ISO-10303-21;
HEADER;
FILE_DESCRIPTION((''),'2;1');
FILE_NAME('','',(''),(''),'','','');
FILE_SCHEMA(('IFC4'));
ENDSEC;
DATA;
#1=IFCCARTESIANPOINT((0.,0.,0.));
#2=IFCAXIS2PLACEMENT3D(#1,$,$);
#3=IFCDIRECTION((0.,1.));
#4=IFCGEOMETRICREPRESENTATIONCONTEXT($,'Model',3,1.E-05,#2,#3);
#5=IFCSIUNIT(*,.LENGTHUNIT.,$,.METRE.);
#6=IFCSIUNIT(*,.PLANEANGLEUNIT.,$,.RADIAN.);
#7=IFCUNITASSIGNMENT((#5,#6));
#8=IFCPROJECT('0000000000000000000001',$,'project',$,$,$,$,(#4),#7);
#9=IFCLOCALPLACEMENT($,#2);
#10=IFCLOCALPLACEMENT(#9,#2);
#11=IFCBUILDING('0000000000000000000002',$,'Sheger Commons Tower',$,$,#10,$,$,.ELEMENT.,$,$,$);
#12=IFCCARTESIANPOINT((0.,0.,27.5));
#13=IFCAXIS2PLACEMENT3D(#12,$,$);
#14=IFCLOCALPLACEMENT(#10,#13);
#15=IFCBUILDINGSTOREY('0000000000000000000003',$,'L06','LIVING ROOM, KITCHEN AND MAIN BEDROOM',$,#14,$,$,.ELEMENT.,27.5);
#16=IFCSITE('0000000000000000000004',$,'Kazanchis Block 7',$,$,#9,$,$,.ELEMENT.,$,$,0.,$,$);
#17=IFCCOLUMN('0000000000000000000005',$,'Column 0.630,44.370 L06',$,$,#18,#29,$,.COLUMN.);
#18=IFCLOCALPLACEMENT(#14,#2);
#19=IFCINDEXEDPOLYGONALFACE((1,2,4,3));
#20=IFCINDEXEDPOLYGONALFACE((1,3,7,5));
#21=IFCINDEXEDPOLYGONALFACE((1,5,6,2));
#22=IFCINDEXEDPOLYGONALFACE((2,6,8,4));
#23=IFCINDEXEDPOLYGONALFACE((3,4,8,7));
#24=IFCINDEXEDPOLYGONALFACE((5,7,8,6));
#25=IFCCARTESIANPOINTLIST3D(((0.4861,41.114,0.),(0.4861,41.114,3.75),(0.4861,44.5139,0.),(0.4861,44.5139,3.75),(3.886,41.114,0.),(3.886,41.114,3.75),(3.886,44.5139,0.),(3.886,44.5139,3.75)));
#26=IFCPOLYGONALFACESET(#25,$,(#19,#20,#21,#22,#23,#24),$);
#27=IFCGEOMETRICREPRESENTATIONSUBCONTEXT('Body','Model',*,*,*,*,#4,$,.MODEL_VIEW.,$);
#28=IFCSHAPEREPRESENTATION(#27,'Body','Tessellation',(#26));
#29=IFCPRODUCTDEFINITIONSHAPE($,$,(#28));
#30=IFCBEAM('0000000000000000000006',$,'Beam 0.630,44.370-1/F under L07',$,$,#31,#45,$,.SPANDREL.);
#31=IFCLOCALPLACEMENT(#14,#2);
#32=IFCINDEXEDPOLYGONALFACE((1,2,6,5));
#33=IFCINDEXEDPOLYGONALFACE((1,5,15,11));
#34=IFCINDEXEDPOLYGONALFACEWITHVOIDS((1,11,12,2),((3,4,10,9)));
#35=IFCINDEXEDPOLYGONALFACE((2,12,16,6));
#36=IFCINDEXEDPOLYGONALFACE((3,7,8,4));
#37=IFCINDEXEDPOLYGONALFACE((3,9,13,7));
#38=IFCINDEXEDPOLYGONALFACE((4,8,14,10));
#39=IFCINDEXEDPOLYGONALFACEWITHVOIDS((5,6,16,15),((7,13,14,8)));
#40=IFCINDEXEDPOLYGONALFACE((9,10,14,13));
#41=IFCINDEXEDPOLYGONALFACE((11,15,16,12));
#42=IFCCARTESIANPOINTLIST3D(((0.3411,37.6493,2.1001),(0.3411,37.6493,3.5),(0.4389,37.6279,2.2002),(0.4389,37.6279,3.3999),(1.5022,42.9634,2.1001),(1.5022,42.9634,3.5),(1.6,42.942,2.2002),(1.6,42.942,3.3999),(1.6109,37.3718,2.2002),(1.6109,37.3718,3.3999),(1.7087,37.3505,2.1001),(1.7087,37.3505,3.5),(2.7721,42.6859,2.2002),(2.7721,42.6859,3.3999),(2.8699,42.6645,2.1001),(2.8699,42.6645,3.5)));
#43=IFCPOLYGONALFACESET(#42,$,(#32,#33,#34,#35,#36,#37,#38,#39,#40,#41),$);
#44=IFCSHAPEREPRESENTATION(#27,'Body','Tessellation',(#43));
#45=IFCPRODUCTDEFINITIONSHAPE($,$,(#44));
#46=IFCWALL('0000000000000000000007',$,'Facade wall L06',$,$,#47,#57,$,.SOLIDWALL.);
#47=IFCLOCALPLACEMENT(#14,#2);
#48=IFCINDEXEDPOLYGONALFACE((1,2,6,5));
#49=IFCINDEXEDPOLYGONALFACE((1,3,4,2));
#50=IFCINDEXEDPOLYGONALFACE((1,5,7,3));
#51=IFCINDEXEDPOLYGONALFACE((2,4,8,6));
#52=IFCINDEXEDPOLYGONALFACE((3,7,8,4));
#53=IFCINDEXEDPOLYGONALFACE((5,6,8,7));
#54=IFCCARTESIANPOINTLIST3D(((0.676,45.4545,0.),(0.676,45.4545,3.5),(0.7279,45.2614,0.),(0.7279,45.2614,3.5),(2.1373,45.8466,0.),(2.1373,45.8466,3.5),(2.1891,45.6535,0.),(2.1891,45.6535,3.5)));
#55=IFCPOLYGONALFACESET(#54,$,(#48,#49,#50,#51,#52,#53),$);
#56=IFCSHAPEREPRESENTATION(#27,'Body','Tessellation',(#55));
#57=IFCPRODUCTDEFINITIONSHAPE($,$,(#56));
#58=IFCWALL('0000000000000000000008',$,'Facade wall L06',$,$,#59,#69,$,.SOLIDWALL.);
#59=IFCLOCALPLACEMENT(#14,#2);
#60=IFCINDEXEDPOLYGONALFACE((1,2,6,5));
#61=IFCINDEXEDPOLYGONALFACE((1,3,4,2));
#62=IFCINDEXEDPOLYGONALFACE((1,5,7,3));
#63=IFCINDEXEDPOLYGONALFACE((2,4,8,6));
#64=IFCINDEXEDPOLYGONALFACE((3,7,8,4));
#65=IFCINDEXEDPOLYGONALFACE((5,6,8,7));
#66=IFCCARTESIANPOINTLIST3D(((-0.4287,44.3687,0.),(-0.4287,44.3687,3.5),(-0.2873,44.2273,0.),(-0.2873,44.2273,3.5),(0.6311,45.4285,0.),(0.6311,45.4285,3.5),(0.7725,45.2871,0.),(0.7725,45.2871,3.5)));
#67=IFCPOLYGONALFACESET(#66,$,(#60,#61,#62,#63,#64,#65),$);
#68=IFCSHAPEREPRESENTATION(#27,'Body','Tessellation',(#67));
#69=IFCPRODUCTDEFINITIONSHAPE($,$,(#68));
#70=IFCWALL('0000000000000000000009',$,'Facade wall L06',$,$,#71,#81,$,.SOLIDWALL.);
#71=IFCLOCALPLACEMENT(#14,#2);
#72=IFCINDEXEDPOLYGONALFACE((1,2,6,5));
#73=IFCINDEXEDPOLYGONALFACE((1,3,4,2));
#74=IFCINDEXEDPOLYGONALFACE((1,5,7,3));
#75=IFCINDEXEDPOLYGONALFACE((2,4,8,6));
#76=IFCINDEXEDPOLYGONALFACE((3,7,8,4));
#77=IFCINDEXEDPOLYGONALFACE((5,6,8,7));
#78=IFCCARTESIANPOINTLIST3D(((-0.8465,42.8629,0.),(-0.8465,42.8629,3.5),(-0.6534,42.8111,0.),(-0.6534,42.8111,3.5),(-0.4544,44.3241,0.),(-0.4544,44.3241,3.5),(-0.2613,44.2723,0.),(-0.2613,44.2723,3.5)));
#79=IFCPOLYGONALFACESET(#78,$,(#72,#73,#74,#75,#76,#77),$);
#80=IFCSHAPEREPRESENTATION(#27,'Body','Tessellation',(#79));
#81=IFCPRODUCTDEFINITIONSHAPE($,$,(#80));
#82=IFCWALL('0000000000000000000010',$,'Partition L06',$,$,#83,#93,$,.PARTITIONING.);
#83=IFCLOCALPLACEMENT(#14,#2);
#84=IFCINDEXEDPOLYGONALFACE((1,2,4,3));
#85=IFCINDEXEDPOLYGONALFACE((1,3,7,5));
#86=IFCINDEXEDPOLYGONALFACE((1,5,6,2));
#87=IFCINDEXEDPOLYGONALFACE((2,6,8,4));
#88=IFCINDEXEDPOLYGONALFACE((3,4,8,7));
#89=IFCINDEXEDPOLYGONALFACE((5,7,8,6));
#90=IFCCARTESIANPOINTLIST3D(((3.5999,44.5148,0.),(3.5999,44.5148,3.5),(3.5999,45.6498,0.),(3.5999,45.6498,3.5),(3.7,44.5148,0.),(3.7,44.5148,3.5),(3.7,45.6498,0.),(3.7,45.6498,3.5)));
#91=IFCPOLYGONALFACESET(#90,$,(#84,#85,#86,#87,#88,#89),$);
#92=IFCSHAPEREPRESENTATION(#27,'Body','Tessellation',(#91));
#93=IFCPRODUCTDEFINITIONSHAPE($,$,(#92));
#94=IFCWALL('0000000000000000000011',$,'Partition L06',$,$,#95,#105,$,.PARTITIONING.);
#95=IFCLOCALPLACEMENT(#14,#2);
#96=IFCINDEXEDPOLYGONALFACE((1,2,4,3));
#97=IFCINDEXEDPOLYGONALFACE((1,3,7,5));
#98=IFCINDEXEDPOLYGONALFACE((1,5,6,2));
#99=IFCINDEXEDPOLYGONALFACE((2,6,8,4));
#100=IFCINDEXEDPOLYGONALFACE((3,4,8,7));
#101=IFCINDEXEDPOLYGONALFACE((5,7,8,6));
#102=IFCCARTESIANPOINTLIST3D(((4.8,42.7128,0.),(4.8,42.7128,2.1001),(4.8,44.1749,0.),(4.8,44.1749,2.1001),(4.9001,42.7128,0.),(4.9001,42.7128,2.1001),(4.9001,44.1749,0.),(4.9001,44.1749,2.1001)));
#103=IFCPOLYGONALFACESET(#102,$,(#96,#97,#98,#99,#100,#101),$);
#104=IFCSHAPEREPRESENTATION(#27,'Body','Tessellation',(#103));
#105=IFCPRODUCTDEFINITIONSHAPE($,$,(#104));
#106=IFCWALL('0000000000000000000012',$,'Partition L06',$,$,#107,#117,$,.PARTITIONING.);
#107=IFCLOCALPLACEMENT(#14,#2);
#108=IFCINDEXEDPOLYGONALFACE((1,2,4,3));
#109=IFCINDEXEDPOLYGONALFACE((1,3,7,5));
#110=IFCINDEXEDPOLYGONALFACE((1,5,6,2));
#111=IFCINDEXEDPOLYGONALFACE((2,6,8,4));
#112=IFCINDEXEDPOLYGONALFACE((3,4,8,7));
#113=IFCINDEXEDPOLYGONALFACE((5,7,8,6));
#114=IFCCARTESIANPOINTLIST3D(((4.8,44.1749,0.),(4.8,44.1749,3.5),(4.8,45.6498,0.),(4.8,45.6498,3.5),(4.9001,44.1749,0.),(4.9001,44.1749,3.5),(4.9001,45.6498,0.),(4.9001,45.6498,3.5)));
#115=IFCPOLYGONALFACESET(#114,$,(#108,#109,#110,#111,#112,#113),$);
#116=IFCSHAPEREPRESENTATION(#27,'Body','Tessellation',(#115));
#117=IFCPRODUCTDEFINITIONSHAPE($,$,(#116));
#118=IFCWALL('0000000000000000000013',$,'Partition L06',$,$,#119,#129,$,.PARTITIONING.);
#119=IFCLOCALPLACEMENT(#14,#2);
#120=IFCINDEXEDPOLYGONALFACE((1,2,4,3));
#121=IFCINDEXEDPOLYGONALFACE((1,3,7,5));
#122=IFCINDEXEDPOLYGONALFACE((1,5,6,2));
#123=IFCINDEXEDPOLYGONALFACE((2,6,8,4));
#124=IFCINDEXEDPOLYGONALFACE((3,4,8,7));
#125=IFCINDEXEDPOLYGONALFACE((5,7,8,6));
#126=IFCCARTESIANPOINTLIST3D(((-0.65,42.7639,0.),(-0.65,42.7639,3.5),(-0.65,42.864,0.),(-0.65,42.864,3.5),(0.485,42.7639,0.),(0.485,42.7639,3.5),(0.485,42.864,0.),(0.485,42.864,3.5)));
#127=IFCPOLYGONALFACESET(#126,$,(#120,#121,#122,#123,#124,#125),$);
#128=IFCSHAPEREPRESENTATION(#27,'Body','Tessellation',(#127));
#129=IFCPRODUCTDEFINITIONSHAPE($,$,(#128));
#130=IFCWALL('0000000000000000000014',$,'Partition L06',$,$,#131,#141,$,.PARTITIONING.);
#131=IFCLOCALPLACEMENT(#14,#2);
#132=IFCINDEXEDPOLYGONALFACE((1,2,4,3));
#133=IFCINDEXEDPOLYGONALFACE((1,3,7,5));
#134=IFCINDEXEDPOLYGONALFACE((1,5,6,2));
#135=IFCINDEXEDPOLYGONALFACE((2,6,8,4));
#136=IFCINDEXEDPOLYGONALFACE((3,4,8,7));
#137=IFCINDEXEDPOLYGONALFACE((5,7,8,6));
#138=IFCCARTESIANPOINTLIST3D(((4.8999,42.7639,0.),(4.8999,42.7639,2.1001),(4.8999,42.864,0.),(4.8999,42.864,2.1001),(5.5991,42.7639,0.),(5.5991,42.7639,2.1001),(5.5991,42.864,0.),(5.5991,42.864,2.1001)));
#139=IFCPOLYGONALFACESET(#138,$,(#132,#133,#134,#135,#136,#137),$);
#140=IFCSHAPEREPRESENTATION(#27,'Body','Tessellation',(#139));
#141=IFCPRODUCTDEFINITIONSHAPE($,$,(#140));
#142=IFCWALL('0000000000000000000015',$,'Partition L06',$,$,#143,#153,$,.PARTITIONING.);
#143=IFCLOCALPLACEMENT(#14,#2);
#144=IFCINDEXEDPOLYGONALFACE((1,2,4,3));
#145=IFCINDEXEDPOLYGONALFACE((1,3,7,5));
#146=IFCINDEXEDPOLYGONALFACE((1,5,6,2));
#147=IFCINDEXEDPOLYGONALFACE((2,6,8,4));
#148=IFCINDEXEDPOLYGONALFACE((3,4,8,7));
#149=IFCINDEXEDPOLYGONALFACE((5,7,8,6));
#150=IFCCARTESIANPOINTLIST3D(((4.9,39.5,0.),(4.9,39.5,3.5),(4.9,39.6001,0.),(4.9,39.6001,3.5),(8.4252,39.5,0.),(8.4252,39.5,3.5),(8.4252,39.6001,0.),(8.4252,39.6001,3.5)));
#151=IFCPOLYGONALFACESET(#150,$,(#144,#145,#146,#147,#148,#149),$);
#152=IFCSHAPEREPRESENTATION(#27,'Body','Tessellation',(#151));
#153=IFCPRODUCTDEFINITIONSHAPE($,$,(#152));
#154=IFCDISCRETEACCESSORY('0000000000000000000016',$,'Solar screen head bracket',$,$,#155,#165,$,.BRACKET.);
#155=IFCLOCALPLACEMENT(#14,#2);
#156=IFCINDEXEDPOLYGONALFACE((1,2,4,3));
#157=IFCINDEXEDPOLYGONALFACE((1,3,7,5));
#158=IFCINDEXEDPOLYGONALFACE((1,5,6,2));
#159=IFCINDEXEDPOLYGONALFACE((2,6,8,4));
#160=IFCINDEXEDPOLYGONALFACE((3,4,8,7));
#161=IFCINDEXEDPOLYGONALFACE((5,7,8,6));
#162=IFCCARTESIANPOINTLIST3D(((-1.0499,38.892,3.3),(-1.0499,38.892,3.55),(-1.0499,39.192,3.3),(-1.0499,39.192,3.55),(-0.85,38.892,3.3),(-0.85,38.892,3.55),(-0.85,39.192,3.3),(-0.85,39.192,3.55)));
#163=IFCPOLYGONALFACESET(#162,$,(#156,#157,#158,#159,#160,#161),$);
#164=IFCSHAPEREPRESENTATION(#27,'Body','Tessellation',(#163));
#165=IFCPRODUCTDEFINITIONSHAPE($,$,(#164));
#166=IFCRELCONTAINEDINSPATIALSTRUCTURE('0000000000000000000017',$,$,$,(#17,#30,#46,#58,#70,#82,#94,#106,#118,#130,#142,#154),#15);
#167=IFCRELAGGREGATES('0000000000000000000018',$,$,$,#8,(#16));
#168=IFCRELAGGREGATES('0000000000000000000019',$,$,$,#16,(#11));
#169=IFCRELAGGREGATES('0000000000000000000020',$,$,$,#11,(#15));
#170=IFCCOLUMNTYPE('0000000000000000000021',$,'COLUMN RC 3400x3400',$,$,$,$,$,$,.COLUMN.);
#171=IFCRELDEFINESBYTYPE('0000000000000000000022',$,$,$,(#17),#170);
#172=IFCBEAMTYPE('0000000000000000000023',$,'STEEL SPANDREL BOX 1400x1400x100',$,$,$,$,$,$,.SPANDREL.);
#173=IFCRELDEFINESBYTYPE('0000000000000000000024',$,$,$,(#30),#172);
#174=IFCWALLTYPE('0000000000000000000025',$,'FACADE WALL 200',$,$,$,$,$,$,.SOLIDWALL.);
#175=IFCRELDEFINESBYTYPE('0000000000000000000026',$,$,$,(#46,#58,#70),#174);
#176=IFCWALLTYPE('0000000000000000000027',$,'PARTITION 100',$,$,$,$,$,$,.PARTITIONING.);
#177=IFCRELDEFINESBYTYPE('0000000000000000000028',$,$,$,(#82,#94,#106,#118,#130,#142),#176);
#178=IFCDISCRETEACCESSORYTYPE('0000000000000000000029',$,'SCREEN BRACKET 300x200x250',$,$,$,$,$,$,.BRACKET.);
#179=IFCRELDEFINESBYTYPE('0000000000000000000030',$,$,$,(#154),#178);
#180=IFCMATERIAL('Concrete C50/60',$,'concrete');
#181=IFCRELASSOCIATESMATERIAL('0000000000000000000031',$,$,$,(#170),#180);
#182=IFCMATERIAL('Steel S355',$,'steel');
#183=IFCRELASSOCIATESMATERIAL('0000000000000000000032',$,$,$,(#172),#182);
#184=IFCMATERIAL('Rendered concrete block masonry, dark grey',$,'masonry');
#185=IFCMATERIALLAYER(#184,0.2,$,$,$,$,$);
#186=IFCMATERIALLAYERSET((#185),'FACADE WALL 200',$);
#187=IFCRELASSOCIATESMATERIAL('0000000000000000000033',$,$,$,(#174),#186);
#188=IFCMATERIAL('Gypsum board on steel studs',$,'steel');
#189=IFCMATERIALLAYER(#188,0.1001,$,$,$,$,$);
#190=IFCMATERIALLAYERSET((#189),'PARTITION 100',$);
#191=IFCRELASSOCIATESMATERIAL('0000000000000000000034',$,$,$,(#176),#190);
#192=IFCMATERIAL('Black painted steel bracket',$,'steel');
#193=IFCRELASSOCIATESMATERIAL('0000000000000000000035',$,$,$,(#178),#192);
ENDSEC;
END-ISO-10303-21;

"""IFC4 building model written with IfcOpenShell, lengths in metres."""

from ifc_helpers import new_model, si_unit, direction, frame, frame_2d, origin, origin_2d, place, context, subcontext, project, spatial, rectangle, hollow_rectangle, extrude, material, layer, layer_set, material_profile, profile_set, type_object, element, save


model = new_model("IFC4")

# Units and contexts
model_context = context("Model", 3, precision=1e-05, world=origin(), true_north=direction((0.0, 1.0)))
body_context = subcontext(model_context, "Body", "Model", "MODEL_VIEW")
ifc_project = project(units=[si_unit("LENGTHUNIT", "METRE"), si_unit("PLANEANGLEUNIT", "RADIAN")], contexts=[model_context])

# Site, building, storey
site_placement = place(None, origin())
site = spatial("IfcSite", under=ifc_project, at=site_placement, Name="Kazanchis Block 7", CompositionType="ELEMENT", RefElevation=0.0)
building_placement = place(site_placement, origin())
building = spatial("IfcBuilding", under=site, at=building_placement, Name="Sheger Commons Tower", CompositionType="ELEMENT")
storey_placement = place(building_placement, frame((0.0, 0.0, 27.5)))
storey = spatial("IfcBuildingStorey", under=building, at=storey_placement, Name="L06", Description="LIVING ROOM, KITCHEN AND MAIN BEDROOM", CompositionType="ELEMENT", Elevation=27.5)

# Column
ifc_material_1 = material(Name="Concrete C50/60", Category="concrete")
ifc_material_profile_1 = material_profile(ifc_material_1, rectangle(XDim=3.3999, YDim=3.3999, at=origin_2d()), Name="RC 3400x3400")
ifc_profile_set_1 = profile_set([ifc_material_profile_1], Name="Concrete C50/60")
column_type = type_object("IfcColumnType", Name="COLUMN RC 3400x3400", PredefinedType="COLUMN", material=ifc_profile_set_1)
column_placement = place(storey_placement, frame((2.186, 42.814, 0.0), z_axis=(0.0, 0.0, 1.0), x_axis=(1.0, 0.0, 0.0)))
element("IfcColumn", 1, at=column_placement, inside=storey, type_object=column_type, Name="Column 0.630,44.370 L06", PredefinedType="COLUMN", context=body_context, shape_type="SweptSolid", body=[
    extrude(rectangle(XDim=3.3999, YDim=3.3999, at=origin_2d()), origin(), (0.0, 0.0, 1.0), 3.75),
])

# Beam
ifc_material_2 = material(Name="Steel S355", Category="steel")
ifc_material_profile_2 = material_profile(ifc_material_2, hollow_rectangle(XDim=1.3999, YDim=1.3999, WallThickness=0.1001, at=origin_2d()), Name="BOX 1400x1400x100")
ifc_profile_set_2 = profile_set([ifc_material_profile_2], Name="Steel S355")
beam_type = type_object("IfcBeamType", Name="STEEL SPANDREL BOX 1400x1400x100", PredefinedType="SPANDREL", material=ifc_profile_set_2)
beam_placement = place(storey_placement, frame((2.186, 42.814, 2.8), z_axis=(-0.213469, -0.97695, 0.0), x_axis=(0.97695, -0.213469, 0.0)))
element("IfcBeam", 2, at=beam_placement, inside=storey, type_object=beam_type, Name="Beam 0.630,44.370-1/F under L07", PredefinedType="SPANDREL", context=body_context, shape_type="SweptSolid", body=[
    extrude(hollow_rectangle(XDim=1.3999, YDim=1.3999, WallThickness=0.1001, at=origin_2d()), origin(), (0.0, 0.0, 1.0), 5.4395),
])

# Walls
ifc_material_3 = material(Name="Rendered concrete block masonry, dark grey", Category="masonry")
ifc_layer_1 = layer(ifc_material_3, 0.2)
ifc_layer_set_1 = layer_set([ifc_layer_1], Name="FACADE WALL 200")
wall_type_1 = type_object("IfcWallType", Name="FACADE WALL 200", PredefinedType="SOLIDWALL", material=ifc_layer_set_1)
wall_1_placement = place(storey_placement, frame((2.1631, 45.75, 0.0), z_axis=(0.0, 0.0, 1.0), x_axis=(-0.965832, -0.259169, 0.0)))
element("IfcWall", 3, at=wall_1_placement, inside=storey, type_object=wall_type_1, Name="Facade wall L06", PredefinedType="SOLIDWALL", context=body_context, shape_type="SweptSolid", body=[
    extrude(rectangle(XDim=1.5129, YDim=0.2, at=frame_2d((0.7563, 0.0))), origin(), (0.0, 0.0, 1.0), 3.5),
])
wall_2_placement = place(storey_placement, frame((0.7019, 45.3579, 0.0), z_axis=(0.0, 0.0, 1.0), x_axis=(-0.707107, -0.707107, 0.0)))
element("IfcWall", 4, at=wall_2_placement, inside=storey, type_object=wall_type_1, Name="Facade wall L06", PredefinedType="SOLIDWALL", context=body_context, shape_type="SweptSolid", body=[
    extrude(rectangle(XDim=1.4988, YDim=0.2, at=frame_2d((0.7495, 0.0))), origin(), (0.0, 0.0, 1.0), 3.5),
])
wall_3_placement = place(storey_placement, frame((-0.3579, 44.2981, 0.0), z_axis=(0.0, 0.0, 1.0), x_axis=(-0.259169, -0.965832, 0.0)))
element("IfcWall", 5, at=wall_3_placement, inside=storey, type_object=wall_type_1, Name="Facade wall L06", PredefinedType="SOLIDWALL", context=body_context, shape_type="SweptSolid", body=[
    extrude(rectangle(XDim=1.5129, YDim=0.2, at=frame_2d((0.7563, 0.0))), origin(), (0.0, 0.0, 1.0), 3.5),
])

# Walls
ifc_material_4 = material(Name="Gypsum board on steel studs", Category="steel")
ifc_layer_2 = layer(ifc_material_4, 0.1001)
ifc_layer_set_2 = layer_set([ifc_layer_2], Name="PARTITION 100")
wall_type_2 = type_object("IfcWallType", Name="PARTITION 100", PredefinedType="PARTITIONING", material=ifc_layer_set_2)
wall_4_placement = place(storey_placement, frame((3.6499, 44.5149, 0.0), z_axis=(0.0, 0.0, 1.0), x_axis=(0.0, 1.0, 0.0)))
element("IfcWall", 6, at=wall_4_placement, inside=storey, type_object=wall_type_2, Name="Partition L06", PredefinedType="PARTITIONING", context=body_context, shape_type="SweptSolid", body=[
    extrude(rectangle(XDim=1.135, YDim=0.1001, at=frame_2d((0.5674, 0.0))), origin(), (0.0, 0.0, 1.0), 3.5),
])
wall_5_placement = place(storey_placement, frame((4.8501, 42.7129, 0.0), z_axis=(0.0, 0.0, 1.0), x_axis=(0.0, 1.0, 0.0)))
element("IfcWall", 7, at=wall_5_placement, inside=storey, type_object=wall_type_2, Name="Partition L06", PredefinedType="PARTITIONING", context=body_context, shape_type="SweptSolid", body=[
    extrude(rectangle(XDim=1.4622, YDim=0.1001, at=frame_2d((0.731, 0.0))), origin(), (0.0, 0.0, 1.0), 2.1001),
])
wall_6_placement = place(storey_placement, frame((4.8501, 44.175, 0.0), z_axis=(0.0, 0.0, 1.0), x_axis=(0.0, 1.0, 0.0)))
element("IfcWall", 8, at=wall_6_placement, inside=storey, type_object=wall_type_2, Name="Partition L06", PredefinedType="PARTITIONING", context=body_context, shape_type="SweptSolid", body=[
    extrude(rectangle(XDim=1.4749, YDim=0.1001, at=frame_2d((0.7373, 0.0))), origin(), (0.0, 0.0, 1.0), 3.5),
])
wall_7_placement = place(storey_placement, frame((-0.6499, 42.814, 0.0), z_axis=(0.0, 0.0, 1.0), x_axis=(1.0, 0.0, 0.0)))
element("IfcWall", 9, at=wall_7_placement, inside=storey, type_object=wall_type_2, Name="Partition L06", PredefinedType="PARTITIONING", context=body_context, shape_type="SweptSolid", body=[
    extrude(rectangle(XDim=1.135, YDim=0.1001, at=frame_2d((0.5674, 0.0))), origin(), (0.0, 0.0, 1.0), 3.5),
])
wall_8_placement = place(storey_placement, frame((4.8999, 42.814, 0.0), z_axis=(0.0, 0.0, 1.0), x_axis=(1.0, 0.0, 0.0)))
element("IfcWall", 10, at=wall_8_placement, inside=storey, type_object=wall_type_2, Name="Partition L06", PredefinedType="PARTITIONING", context=body_context, shape_type="SweptSolid", body=[
    extrude(rectangle(XDim=0.6992, YDim=0.1001, at=frame_2d((0.3496, 0.0))), origin(), (0.0, 0.0, 1.0), 2.1001),
])
wall_9_placement = place(storey_placement, frame((4.8999, 39.55, 0.0), z_axis=(0.0, 0.0, 1.0), x_axis=(1.0, 0.0, 0.0)))
element("IfcWall", 11, at=wall_9_placement, inside=storey, type_object=wall_type_2, Name="Partition L06", PredefinedType="PARTITIONING", context=body_context, shape_type="SweptSolid", body=[
    extrude(rectangle(XDim=3.5251, YDim=0.1001, at=frame_2d((1.7627, 0.0))), origin(), (0.0, 0.0, 1.0), 3.5),
])

# Discrete accessory
ifc_material_5 = material(Name="Black painted steel bracket", Category="steel")
discrete_accessory_type = type_object("IfcDiscreteAccessoryType", Name="SCREEN BRACKET 300x200x250", PredefinedType="BRACKET", material=ifc_material_5)
discrete_accessory_placement = place(storey_placement, frame((-0.95, 39.042, 3.3), z_axis=(0.0, 0.0, 1.0), x_axis=(0.0, -1.0, 0.0)))
element("IfcDiscreteAccessory", 12, at=discrete_accessory_placement, inside=storey, type_object=discrete_accessory_type, Name="Solar screen head bracket", PredefinedType="BRACKET", context=body_context, shape_type="SweptSolid", body=[
    extrude(rectangle(XDim=0.3, YDim=0.2, at=origin_2d()), origin(), (0.0, 0.0, 1.0), 0.25),
])

save(model, "model.ifc")
